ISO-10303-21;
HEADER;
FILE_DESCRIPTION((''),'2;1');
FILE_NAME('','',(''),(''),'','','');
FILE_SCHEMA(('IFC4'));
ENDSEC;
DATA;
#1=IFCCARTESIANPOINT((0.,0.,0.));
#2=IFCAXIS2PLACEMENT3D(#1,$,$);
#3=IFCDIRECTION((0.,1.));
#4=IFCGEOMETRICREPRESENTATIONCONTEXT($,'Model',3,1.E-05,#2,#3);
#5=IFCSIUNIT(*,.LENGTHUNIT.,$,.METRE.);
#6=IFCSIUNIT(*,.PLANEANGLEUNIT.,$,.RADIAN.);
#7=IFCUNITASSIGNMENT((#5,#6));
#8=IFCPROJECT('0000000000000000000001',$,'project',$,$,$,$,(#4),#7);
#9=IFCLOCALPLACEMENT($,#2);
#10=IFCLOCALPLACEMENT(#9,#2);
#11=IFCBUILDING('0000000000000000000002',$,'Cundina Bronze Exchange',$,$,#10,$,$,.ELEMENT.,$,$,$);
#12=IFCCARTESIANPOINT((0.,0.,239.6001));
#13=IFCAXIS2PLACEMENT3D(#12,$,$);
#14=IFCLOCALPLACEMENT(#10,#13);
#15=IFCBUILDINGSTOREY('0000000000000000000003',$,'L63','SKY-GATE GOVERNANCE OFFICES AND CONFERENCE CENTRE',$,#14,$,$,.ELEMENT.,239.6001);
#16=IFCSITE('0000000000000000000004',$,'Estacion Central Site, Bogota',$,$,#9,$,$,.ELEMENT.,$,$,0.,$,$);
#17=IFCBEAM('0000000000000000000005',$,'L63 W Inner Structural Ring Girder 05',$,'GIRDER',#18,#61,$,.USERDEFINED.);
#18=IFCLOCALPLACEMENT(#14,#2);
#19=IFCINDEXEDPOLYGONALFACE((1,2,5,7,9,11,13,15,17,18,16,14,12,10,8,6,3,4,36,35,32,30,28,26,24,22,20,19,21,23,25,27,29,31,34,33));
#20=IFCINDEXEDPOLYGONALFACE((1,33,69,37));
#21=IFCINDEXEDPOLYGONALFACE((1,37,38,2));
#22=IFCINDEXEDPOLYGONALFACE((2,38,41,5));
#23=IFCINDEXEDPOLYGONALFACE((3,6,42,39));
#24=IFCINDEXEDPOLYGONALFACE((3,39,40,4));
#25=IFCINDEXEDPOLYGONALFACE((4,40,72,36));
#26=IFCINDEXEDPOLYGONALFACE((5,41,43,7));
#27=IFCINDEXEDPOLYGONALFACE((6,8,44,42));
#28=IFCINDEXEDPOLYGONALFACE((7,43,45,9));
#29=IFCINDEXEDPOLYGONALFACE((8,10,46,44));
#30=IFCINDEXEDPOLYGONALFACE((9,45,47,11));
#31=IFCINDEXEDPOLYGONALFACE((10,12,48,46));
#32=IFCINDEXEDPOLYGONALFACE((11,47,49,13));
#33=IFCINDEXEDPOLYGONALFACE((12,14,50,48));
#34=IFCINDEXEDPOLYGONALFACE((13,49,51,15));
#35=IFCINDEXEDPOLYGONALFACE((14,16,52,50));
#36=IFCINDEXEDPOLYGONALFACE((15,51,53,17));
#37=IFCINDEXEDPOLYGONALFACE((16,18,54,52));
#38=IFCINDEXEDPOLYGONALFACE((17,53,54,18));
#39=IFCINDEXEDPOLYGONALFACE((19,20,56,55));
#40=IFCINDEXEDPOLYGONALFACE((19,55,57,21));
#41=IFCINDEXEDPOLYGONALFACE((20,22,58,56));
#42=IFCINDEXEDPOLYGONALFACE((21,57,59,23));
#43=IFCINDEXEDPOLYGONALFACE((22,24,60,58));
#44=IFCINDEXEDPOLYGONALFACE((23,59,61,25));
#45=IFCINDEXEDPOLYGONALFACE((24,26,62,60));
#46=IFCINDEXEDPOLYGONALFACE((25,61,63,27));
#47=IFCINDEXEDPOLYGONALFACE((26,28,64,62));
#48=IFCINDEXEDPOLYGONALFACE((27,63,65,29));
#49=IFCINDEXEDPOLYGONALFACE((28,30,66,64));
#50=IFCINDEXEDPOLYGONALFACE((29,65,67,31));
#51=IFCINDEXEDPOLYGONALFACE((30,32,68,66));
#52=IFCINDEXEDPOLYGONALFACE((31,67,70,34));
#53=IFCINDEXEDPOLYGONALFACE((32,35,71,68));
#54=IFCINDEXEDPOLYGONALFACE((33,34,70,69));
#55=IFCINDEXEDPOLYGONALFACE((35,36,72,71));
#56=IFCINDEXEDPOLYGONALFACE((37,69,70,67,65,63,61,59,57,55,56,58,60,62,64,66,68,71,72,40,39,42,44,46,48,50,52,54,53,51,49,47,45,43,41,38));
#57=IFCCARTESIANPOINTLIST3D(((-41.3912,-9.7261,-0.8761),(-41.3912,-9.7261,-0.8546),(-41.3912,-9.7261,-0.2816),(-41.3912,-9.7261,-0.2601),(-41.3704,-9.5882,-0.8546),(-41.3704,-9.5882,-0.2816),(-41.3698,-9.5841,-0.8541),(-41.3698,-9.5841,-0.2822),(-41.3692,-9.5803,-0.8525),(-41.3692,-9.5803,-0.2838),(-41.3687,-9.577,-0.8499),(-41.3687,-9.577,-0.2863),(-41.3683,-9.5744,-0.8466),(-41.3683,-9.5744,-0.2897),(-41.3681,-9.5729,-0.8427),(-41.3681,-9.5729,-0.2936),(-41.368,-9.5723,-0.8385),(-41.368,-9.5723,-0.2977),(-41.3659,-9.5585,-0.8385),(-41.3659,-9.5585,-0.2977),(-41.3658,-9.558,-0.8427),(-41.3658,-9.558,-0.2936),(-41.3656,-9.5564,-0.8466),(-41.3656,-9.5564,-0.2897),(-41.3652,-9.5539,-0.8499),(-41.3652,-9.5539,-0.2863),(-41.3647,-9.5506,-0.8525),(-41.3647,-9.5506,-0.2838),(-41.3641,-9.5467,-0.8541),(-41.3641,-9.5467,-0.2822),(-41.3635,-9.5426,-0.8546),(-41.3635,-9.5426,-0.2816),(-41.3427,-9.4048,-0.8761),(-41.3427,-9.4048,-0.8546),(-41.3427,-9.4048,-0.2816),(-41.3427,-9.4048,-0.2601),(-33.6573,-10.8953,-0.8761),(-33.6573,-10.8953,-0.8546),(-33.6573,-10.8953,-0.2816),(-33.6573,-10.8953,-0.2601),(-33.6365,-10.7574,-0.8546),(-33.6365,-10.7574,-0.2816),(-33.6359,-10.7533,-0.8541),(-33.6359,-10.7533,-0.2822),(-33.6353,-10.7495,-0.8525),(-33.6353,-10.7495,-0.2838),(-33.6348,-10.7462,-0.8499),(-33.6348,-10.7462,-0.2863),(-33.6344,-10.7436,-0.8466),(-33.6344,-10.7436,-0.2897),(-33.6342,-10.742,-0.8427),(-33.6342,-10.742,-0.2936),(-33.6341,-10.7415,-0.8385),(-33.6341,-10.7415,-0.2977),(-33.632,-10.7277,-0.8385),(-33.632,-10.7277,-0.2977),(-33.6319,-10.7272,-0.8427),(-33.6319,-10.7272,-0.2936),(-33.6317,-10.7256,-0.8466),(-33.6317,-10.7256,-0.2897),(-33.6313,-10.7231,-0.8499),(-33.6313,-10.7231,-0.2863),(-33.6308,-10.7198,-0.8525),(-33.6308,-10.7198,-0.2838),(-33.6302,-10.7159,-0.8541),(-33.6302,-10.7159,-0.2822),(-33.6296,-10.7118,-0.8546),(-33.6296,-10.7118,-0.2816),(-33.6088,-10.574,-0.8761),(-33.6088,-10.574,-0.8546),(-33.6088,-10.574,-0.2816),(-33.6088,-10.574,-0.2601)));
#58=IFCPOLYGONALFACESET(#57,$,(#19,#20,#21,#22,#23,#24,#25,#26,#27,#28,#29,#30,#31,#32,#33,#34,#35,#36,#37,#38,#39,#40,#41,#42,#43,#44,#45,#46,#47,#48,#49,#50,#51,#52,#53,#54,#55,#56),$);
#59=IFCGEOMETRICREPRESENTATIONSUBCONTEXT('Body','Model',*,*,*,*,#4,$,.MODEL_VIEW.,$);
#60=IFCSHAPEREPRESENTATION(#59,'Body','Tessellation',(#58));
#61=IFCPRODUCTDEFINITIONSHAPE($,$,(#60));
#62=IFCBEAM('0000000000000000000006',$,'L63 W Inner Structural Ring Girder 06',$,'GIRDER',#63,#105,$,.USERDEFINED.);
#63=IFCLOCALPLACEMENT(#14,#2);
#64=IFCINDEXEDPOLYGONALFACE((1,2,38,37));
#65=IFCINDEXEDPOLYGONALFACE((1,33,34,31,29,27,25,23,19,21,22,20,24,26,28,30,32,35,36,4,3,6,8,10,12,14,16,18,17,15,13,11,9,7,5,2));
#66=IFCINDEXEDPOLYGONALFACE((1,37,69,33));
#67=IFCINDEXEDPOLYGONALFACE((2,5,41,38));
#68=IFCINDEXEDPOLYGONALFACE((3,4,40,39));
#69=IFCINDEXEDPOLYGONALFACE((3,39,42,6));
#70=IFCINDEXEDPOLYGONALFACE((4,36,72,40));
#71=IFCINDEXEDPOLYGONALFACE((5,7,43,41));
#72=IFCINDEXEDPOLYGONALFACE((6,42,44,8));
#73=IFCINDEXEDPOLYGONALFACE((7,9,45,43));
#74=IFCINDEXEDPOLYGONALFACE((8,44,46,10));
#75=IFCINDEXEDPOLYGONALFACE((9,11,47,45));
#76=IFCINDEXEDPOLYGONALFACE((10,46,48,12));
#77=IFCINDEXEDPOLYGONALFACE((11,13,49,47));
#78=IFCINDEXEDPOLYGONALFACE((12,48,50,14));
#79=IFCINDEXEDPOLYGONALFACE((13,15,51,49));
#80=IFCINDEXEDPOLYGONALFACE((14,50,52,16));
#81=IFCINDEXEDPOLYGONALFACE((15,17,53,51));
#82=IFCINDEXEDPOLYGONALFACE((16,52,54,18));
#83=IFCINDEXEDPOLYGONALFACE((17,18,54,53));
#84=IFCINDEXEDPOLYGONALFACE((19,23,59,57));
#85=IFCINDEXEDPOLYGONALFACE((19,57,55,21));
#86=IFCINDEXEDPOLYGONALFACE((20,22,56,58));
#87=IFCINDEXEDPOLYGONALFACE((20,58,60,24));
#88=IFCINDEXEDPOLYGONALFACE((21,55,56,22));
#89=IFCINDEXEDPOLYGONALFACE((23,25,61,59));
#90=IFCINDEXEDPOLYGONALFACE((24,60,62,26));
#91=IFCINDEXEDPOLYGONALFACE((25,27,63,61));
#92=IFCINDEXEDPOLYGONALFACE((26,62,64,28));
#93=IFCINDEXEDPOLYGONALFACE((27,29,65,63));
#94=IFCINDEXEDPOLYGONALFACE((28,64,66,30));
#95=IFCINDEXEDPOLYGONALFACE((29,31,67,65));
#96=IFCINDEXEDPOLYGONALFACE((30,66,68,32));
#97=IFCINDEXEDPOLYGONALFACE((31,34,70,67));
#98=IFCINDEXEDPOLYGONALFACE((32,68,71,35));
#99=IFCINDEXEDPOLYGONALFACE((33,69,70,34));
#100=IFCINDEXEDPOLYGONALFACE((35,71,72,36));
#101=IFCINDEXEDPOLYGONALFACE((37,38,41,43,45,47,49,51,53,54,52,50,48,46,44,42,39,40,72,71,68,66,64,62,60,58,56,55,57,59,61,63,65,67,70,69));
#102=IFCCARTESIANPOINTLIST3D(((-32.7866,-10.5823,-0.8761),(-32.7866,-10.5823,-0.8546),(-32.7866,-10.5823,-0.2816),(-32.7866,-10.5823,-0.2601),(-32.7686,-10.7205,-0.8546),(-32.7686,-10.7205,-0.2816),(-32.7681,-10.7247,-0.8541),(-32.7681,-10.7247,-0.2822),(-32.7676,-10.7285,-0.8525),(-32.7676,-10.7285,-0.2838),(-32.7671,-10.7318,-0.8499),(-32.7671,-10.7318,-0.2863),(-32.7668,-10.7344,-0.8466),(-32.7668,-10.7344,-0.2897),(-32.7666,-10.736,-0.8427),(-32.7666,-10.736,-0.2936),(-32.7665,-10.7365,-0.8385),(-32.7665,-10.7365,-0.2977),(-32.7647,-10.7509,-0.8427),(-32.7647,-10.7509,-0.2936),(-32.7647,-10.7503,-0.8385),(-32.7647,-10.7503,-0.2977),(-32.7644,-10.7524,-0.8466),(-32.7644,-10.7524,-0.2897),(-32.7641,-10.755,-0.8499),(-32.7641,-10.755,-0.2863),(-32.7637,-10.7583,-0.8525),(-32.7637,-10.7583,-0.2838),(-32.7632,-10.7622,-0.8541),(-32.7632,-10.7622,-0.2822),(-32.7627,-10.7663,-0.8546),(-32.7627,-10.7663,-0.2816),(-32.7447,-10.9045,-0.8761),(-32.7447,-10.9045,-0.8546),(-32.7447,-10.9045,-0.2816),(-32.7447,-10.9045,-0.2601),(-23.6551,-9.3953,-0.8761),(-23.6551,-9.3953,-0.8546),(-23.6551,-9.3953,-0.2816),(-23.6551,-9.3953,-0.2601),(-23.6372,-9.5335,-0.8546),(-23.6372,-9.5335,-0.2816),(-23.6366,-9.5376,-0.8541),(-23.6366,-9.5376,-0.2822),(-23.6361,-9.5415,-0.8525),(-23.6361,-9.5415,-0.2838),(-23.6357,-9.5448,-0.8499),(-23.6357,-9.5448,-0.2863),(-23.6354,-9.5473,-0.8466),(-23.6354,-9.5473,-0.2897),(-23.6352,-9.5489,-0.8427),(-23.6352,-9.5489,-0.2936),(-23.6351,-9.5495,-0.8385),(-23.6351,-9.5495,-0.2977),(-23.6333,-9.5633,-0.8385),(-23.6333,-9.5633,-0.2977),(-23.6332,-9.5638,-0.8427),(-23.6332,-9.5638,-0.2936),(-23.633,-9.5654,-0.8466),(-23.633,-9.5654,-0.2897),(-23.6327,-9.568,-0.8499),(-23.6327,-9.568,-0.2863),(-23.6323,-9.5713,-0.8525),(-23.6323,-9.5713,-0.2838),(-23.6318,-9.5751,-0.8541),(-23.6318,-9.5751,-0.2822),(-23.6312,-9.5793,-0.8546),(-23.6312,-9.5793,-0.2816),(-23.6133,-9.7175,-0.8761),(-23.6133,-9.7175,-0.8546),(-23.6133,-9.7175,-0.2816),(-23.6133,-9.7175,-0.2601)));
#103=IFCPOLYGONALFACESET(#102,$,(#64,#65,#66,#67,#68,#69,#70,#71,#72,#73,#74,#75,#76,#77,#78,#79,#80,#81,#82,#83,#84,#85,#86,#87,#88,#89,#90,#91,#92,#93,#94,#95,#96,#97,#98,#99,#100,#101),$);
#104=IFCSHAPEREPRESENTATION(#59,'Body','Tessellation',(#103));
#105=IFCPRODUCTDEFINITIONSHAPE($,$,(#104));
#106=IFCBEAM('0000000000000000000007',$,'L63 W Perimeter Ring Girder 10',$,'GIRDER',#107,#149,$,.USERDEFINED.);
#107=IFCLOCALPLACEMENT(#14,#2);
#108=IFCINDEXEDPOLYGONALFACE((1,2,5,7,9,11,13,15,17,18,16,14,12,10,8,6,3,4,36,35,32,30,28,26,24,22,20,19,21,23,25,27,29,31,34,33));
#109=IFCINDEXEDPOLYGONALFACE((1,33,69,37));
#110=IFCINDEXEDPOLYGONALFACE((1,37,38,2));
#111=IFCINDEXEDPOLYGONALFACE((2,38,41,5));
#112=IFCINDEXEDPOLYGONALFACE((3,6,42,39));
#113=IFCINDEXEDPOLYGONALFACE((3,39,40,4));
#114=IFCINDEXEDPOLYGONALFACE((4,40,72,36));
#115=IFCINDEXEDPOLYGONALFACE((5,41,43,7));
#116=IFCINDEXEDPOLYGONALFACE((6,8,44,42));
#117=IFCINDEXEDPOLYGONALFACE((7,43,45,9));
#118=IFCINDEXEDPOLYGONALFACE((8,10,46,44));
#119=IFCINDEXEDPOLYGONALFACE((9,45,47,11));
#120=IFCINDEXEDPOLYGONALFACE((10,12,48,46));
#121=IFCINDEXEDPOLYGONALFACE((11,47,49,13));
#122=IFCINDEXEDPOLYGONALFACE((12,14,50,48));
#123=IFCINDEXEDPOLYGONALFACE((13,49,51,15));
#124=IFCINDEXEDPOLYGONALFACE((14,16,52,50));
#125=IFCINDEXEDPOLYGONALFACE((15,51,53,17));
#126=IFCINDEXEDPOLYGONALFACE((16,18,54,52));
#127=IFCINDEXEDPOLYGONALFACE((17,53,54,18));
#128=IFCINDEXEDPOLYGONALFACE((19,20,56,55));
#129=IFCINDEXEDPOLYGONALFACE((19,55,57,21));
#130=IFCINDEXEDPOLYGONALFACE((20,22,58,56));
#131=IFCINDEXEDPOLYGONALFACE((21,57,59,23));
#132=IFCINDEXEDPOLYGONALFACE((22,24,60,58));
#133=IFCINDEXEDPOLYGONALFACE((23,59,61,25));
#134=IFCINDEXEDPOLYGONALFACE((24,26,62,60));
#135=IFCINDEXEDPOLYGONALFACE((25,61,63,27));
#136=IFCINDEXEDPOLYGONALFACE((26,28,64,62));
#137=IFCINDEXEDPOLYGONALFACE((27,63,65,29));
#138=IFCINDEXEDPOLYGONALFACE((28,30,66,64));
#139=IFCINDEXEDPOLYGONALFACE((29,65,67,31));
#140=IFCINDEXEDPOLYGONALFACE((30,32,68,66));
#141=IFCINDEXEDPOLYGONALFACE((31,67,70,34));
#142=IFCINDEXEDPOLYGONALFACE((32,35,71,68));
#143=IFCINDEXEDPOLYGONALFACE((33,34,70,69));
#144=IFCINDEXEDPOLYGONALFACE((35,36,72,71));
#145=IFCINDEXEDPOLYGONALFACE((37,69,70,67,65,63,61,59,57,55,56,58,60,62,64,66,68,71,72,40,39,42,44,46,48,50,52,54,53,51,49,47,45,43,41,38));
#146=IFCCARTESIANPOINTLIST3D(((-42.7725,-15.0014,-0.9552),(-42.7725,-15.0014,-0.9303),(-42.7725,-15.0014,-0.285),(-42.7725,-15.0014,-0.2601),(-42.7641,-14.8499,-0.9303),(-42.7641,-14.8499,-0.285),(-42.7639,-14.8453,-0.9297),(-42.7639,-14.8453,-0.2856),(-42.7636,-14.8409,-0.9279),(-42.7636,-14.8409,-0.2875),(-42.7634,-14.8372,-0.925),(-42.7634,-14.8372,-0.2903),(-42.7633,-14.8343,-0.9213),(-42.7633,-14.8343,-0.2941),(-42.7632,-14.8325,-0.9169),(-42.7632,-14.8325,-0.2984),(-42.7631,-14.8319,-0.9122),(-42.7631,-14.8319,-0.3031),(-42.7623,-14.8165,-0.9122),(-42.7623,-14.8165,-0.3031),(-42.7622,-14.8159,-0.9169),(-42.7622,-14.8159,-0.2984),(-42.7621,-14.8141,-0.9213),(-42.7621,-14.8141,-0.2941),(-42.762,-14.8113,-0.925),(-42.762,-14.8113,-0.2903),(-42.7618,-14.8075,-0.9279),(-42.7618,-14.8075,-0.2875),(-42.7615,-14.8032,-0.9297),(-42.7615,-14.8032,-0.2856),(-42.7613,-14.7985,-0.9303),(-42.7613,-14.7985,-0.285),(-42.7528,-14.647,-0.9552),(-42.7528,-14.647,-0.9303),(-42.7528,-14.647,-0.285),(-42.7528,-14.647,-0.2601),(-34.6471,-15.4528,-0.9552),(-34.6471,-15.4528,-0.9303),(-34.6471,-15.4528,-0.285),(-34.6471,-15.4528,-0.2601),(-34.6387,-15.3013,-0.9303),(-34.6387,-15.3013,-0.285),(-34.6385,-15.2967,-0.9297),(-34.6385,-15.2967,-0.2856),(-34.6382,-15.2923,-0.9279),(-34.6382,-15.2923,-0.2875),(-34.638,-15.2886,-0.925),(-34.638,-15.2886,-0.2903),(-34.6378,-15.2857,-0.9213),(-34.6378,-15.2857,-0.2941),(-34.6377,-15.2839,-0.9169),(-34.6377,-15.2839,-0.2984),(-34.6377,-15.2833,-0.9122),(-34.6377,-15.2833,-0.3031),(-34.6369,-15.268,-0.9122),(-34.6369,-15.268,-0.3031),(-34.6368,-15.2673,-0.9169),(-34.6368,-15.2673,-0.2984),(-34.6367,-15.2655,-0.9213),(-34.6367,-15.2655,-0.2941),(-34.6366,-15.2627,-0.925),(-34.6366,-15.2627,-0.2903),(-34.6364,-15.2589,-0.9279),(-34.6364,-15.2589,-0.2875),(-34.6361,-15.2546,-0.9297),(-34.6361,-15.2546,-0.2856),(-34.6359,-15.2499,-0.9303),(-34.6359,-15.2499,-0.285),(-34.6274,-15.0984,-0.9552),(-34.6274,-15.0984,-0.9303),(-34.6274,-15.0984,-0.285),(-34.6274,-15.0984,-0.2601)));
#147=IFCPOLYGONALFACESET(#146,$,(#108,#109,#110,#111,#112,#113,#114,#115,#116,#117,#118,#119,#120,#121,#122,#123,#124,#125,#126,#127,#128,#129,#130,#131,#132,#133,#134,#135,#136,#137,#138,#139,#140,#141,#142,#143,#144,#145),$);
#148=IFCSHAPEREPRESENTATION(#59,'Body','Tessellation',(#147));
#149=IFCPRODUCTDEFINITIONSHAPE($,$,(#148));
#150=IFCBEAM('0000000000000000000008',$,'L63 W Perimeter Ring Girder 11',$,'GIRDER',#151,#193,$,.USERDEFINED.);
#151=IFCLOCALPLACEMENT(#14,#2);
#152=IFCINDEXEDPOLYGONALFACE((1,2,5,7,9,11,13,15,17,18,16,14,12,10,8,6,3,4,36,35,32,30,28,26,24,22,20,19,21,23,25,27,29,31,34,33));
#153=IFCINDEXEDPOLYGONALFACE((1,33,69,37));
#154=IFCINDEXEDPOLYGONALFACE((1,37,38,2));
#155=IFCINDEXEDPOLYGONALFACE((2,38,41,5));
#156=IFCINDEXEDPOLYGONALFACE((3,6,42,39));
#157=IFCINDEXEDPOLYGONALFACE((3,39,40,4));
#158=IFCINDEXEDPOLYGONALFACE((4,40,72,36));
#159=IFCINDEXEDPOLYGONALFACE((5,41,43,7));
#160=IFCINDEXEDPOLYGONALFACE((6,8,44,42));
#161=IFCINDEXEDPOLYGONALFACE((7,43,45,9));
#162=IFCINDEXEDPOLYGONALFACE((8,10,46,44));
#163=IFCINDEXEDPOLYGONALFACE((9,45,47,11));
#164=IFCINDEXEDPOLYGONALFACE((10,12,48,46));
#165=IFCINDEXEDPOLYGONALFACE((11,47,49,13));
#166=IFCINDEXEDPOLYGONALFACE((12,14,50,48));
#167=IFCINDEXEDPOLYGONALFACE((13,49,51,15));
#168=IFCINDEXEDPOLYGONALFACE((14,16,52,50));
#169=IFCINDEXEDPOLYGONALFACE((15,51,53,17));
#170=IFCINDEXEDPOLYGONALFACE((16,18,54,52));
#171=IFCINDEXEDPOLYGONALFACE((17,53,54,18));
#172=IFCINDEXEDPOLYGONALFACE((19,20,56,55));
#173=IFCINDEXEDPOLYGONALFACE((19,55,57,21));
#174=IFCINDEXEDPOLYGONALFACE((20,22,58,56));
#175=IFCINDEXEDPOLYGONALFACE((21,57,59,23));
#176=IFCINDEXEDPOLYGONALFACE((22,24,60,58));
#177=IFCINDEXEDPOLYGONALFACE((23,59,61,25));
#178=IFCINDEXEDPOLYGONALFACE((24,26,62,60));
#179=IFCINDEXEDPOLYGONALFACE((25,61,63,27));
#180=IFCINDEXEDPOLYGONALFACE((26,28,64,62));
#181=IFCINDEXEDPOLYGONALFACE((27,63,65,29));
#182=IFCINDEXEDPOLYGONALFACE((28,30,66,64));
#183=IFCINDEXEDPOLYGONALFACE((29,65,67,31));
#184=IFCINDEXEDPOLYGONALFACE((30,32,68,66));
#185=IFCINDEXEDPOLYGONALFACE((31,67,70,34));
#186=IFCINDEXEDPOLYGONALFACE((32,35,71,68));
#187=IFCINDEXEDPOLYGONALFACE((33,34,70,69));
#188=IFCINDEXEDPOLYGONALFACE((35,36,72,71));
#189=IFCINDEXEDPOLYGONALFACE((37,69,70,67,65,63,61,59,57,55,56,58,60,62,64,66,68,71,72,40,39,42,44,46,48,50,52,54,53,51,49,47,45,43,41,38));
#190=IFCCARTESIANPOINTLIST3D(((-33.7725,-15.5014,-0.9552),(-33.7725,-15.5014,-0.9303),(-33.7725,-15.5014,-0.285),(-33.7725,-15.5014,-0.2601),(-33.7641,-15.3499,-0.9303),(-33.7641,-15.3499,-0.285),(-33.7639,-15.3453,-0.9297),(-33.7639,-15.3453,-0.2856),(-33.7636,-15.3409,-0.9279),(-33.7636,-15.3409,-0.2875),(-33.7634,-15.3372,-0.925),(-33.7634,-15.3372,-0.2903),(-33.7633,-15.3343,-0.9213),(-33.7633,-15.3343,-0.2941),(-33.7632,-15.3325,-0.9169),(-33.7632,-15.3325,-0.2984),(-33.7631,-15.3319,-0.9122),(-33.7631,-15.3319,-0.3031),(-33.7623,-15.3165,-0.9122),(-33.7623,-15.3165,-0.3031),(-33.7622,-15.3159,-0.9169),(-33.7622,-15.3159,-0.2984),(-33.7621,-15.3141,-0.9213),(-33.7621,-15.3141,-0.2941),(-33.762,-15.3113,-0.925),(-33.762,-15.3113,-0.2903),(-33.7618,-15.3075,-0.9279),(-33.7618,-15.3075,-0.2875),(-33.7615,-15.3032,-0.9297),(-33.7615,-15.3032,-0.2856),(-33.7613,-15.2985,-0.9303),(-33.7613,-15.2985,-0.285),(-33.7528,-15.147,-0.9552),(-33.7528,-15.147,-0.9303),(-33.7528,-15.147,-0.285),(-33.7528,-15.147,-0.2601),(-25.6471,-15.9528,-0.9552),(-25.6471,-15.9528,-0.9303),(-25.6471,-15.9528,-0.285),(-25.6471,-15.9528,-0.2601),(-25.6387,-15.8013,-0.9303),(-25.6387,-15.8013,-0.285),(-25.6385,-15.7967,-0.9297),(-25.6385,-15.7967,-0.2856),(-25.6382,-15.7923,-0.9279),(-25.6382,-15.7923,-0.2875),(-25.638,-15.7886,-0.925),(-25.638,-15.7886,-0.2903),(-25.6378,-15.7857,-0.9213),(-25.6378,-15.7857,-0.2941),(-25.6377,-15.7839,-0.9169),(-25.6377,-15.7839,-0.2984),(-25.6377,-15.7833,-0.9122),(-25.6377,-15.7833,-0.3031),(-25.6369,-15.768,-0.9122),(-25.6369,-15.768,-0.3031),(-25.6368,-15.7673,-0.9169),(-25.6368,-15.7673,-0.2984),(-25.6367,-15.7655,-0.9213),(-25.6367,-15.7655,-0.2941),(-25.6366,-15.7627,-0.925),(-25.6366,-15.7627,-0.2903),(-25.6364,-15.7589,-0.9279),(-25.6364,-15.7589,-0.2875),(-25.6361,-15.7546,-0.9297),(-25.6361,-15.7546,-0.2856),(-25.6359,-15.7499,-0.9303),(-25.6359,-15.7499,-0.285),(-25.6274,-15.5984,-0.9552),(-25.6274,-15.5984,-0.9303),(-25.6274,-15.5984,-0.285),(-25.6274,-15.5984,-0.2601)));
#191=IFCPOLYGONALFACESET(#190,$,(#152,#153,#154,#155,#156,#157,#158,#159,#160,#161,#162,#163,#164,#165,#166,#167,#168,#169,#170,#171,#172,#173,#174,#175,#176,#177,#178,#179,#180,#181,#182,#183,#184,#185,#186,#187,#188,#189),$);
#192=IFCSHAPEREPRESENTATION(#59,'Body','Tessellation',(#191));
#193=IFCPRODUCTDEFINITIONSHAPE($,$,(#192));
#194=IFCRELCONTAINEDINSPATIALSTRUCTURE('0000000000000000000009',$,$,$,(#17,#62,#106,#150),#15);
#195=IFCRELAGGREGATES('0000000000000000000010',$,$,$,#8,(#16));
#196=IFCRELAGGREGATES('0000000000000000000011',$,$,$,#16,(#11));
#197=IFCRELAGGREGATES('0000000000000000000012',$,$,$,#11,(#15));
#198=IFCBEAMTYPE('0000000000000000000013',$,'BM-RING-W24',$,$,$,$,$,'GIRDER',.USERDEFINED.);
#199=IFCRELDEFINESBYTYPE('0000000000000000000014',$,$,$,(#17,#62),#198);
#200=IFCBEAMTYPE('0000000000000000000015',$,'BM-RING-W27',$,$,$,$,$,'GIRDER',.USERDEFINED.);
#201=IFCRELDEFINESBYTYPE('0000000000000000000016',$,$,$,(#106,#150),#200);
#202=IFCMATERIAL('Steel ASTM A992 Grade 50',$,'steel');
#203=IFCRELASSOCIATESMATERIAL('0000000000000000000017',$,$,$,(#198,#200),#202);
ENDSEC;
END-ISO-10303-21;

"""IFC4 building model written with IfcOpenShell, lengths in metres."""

from ifc_helpers import new_model, si_unit, direction, frame, origin, origin_2d, place, context, subcontext, project, spatial, i_section, extrude, material, material_profile, profile_set, type_object, element, save


model = new_model("IFC4")

# Units and contexts
model_context = context("Model", 3, precision=1e-05, world=origin(), true_north=direction((0.0, 1.0)))
body_context = subcontext(model_context, "Body", "Model", "MODEL_VIEW")
ifc_project = project(units=[si_unit("LENGTHUNIT", "METRE"), si_unit("PLANEANGLEUNIT", "RADIAN")], contexts=[model_context])

# Site, building, storey
site_placement = place(None, origin())
site = spatial("IfcSite", under=ifc_project, at=site_placement, Name="Estacion Central Site, Bogota", CompositionType="ELEMENT", RefElevation=0.0)
building_placement = place(site_placement, origin())
building = spatial("IfcBuilding", under=site, at=building_placement, Name="Cundina Bronze Exchange", CompositionType="ELEMENT")
storey_placement = place(building_placement, frame((0.0, 0.0, 239.6001)))
storey = spatial("IfcBuildingStorey", under=building, at=storey_placement, Name="L63", Description="SKY-GATE GOVERNANCE OFFICES AND CONFERENCE CENTRE", CompositionType="ELEMENT", Elevation=239.6001)

# Beams
ifc_material_1 = material(Name="Steel ASTM A992 Grade 50", Category="steel")
ifc_material_profile_1 = material_profile(ifc_material_1, i_section(OverallWidth=0.325, OverallDepth=0.616, WebThickness=0.0139, FlangeThickness=0.0215, FilletRadius=0.0161, at=origin_2d()), Name="W24X117", Category="steel")
ifc_profile_set_1 = profile_set([ifc_material_profile_1], Name="Steel ASTM A992 Grade 50")
beam_type_1 = type_object("IfcBeamType", Name="BM-RING-W24", ElementType="GIRDER", PredefinedType="USERDEFINED", material=ifc_profile_set_1)
beam_1_placement = place(storey_placement, frame((-41.3669, -9.5654, -0.5681), z_axis=(0.988765, -0.149479, 0.0), x_axis=(0.149479, 0.988765, 0.0)))
element("IfcBeam", 1, at=beam_1_placement, inside=storey, type_object=beam_type_1, Name="L63 W Inner Structural Ring Girder 05", ObjectType="GIRDER", PredefinedType="USERDEFINED", context=body_context, shape_type="SweptSolid", body=[
    extrude(i_section(OverallWidth=0.325, OverallDepth=0.616, WebThickness=0.0139, FlangeThickness=0.0215, FilletRadius=0.0161, at=origin_2d()), origin(), (0.0, 0.0, 1.0), 7.8218),
])
beam_2_placement = place(storey_placement, frame((-32.7656, -10.7434, -0.5681), z_axis=(0.991656, 0.128908, 0.0), x_axis=(-0.128908, 0.991656, 0.0)))
element("IfcBeam", 2, at=beam_2_placement, inside=storey, type_object=beam_type_1, Name="L63 W Inner Structural Ring Girder 06", ObjectType="GIRDER", PredefinedType="USERDEFINED", context=body_context, shape_type="SweptSolid", body=[
    extrude(i_section(OverallWidth=0.325, OverallDepth=0.616, WebThickness=0.0139, FlangeThickness=0.0215, FilletRadius=0.0161, at=origin_2d()), origin(), (0.0, 0.0, 1.0), 9.2083),
])
ifc_material_profile_2 = material_profile(ifc_material_1, i_section(OverallWidth=0.355, OverallDepth=0.6951, WebThickness=0.0154, FlangeThickness=0.0249, FilletRadius=0.0181, at=origin_2d()), Name="W27X146", Category="steel")
ifc_profile_set_2 = profile_set([ifc_material_profile_2], Name="Steel ASTM A992 Grade 50")
beam_type_2 = type_object("IfcBeamType", Name="BM-RING-W27", ElementType="GIRDER", PredefinedType="USERDEFINED", material=ifc_profile_set_2)
for number, where, z_axis, x_axis, name in (
    (3, (-42.7627, -14.8242, -0.6077), (0.99846, -0.05547, 0.0), (0.05547, 0.99846, 0.0), "L63 W Perimeter Ring Girder 10"),
    (4, (-33.7627, -15.3242, -0.6077), (0.99846, -0.05547, 0.0), (0.05547, 0.99846, 0.0), "L63 W Perimeter Ring Girder 11"),
):
    element("IfcBeam", number, at=place(storey_placement, frame(where, z_axis=z_axis, x_axis=x_axis)), inside=storey, type_object=beam_type_2, Name=name, ObjectType="GIRDER", PredefinedType="USERDEFINED", context=body_context, shape_type="SweptSolid", body=[
        extrude(i_section(OverallWidth=0.355, OverallDepth=0.6951, WebThickness=0.0154, FlangeThickness=0.0249, FilletRadius=0.0181, at=origin_2d()), origin(), (0.0, 0.0, 1.0), 8.1379),
    ])

save(model, "model.ifc")
